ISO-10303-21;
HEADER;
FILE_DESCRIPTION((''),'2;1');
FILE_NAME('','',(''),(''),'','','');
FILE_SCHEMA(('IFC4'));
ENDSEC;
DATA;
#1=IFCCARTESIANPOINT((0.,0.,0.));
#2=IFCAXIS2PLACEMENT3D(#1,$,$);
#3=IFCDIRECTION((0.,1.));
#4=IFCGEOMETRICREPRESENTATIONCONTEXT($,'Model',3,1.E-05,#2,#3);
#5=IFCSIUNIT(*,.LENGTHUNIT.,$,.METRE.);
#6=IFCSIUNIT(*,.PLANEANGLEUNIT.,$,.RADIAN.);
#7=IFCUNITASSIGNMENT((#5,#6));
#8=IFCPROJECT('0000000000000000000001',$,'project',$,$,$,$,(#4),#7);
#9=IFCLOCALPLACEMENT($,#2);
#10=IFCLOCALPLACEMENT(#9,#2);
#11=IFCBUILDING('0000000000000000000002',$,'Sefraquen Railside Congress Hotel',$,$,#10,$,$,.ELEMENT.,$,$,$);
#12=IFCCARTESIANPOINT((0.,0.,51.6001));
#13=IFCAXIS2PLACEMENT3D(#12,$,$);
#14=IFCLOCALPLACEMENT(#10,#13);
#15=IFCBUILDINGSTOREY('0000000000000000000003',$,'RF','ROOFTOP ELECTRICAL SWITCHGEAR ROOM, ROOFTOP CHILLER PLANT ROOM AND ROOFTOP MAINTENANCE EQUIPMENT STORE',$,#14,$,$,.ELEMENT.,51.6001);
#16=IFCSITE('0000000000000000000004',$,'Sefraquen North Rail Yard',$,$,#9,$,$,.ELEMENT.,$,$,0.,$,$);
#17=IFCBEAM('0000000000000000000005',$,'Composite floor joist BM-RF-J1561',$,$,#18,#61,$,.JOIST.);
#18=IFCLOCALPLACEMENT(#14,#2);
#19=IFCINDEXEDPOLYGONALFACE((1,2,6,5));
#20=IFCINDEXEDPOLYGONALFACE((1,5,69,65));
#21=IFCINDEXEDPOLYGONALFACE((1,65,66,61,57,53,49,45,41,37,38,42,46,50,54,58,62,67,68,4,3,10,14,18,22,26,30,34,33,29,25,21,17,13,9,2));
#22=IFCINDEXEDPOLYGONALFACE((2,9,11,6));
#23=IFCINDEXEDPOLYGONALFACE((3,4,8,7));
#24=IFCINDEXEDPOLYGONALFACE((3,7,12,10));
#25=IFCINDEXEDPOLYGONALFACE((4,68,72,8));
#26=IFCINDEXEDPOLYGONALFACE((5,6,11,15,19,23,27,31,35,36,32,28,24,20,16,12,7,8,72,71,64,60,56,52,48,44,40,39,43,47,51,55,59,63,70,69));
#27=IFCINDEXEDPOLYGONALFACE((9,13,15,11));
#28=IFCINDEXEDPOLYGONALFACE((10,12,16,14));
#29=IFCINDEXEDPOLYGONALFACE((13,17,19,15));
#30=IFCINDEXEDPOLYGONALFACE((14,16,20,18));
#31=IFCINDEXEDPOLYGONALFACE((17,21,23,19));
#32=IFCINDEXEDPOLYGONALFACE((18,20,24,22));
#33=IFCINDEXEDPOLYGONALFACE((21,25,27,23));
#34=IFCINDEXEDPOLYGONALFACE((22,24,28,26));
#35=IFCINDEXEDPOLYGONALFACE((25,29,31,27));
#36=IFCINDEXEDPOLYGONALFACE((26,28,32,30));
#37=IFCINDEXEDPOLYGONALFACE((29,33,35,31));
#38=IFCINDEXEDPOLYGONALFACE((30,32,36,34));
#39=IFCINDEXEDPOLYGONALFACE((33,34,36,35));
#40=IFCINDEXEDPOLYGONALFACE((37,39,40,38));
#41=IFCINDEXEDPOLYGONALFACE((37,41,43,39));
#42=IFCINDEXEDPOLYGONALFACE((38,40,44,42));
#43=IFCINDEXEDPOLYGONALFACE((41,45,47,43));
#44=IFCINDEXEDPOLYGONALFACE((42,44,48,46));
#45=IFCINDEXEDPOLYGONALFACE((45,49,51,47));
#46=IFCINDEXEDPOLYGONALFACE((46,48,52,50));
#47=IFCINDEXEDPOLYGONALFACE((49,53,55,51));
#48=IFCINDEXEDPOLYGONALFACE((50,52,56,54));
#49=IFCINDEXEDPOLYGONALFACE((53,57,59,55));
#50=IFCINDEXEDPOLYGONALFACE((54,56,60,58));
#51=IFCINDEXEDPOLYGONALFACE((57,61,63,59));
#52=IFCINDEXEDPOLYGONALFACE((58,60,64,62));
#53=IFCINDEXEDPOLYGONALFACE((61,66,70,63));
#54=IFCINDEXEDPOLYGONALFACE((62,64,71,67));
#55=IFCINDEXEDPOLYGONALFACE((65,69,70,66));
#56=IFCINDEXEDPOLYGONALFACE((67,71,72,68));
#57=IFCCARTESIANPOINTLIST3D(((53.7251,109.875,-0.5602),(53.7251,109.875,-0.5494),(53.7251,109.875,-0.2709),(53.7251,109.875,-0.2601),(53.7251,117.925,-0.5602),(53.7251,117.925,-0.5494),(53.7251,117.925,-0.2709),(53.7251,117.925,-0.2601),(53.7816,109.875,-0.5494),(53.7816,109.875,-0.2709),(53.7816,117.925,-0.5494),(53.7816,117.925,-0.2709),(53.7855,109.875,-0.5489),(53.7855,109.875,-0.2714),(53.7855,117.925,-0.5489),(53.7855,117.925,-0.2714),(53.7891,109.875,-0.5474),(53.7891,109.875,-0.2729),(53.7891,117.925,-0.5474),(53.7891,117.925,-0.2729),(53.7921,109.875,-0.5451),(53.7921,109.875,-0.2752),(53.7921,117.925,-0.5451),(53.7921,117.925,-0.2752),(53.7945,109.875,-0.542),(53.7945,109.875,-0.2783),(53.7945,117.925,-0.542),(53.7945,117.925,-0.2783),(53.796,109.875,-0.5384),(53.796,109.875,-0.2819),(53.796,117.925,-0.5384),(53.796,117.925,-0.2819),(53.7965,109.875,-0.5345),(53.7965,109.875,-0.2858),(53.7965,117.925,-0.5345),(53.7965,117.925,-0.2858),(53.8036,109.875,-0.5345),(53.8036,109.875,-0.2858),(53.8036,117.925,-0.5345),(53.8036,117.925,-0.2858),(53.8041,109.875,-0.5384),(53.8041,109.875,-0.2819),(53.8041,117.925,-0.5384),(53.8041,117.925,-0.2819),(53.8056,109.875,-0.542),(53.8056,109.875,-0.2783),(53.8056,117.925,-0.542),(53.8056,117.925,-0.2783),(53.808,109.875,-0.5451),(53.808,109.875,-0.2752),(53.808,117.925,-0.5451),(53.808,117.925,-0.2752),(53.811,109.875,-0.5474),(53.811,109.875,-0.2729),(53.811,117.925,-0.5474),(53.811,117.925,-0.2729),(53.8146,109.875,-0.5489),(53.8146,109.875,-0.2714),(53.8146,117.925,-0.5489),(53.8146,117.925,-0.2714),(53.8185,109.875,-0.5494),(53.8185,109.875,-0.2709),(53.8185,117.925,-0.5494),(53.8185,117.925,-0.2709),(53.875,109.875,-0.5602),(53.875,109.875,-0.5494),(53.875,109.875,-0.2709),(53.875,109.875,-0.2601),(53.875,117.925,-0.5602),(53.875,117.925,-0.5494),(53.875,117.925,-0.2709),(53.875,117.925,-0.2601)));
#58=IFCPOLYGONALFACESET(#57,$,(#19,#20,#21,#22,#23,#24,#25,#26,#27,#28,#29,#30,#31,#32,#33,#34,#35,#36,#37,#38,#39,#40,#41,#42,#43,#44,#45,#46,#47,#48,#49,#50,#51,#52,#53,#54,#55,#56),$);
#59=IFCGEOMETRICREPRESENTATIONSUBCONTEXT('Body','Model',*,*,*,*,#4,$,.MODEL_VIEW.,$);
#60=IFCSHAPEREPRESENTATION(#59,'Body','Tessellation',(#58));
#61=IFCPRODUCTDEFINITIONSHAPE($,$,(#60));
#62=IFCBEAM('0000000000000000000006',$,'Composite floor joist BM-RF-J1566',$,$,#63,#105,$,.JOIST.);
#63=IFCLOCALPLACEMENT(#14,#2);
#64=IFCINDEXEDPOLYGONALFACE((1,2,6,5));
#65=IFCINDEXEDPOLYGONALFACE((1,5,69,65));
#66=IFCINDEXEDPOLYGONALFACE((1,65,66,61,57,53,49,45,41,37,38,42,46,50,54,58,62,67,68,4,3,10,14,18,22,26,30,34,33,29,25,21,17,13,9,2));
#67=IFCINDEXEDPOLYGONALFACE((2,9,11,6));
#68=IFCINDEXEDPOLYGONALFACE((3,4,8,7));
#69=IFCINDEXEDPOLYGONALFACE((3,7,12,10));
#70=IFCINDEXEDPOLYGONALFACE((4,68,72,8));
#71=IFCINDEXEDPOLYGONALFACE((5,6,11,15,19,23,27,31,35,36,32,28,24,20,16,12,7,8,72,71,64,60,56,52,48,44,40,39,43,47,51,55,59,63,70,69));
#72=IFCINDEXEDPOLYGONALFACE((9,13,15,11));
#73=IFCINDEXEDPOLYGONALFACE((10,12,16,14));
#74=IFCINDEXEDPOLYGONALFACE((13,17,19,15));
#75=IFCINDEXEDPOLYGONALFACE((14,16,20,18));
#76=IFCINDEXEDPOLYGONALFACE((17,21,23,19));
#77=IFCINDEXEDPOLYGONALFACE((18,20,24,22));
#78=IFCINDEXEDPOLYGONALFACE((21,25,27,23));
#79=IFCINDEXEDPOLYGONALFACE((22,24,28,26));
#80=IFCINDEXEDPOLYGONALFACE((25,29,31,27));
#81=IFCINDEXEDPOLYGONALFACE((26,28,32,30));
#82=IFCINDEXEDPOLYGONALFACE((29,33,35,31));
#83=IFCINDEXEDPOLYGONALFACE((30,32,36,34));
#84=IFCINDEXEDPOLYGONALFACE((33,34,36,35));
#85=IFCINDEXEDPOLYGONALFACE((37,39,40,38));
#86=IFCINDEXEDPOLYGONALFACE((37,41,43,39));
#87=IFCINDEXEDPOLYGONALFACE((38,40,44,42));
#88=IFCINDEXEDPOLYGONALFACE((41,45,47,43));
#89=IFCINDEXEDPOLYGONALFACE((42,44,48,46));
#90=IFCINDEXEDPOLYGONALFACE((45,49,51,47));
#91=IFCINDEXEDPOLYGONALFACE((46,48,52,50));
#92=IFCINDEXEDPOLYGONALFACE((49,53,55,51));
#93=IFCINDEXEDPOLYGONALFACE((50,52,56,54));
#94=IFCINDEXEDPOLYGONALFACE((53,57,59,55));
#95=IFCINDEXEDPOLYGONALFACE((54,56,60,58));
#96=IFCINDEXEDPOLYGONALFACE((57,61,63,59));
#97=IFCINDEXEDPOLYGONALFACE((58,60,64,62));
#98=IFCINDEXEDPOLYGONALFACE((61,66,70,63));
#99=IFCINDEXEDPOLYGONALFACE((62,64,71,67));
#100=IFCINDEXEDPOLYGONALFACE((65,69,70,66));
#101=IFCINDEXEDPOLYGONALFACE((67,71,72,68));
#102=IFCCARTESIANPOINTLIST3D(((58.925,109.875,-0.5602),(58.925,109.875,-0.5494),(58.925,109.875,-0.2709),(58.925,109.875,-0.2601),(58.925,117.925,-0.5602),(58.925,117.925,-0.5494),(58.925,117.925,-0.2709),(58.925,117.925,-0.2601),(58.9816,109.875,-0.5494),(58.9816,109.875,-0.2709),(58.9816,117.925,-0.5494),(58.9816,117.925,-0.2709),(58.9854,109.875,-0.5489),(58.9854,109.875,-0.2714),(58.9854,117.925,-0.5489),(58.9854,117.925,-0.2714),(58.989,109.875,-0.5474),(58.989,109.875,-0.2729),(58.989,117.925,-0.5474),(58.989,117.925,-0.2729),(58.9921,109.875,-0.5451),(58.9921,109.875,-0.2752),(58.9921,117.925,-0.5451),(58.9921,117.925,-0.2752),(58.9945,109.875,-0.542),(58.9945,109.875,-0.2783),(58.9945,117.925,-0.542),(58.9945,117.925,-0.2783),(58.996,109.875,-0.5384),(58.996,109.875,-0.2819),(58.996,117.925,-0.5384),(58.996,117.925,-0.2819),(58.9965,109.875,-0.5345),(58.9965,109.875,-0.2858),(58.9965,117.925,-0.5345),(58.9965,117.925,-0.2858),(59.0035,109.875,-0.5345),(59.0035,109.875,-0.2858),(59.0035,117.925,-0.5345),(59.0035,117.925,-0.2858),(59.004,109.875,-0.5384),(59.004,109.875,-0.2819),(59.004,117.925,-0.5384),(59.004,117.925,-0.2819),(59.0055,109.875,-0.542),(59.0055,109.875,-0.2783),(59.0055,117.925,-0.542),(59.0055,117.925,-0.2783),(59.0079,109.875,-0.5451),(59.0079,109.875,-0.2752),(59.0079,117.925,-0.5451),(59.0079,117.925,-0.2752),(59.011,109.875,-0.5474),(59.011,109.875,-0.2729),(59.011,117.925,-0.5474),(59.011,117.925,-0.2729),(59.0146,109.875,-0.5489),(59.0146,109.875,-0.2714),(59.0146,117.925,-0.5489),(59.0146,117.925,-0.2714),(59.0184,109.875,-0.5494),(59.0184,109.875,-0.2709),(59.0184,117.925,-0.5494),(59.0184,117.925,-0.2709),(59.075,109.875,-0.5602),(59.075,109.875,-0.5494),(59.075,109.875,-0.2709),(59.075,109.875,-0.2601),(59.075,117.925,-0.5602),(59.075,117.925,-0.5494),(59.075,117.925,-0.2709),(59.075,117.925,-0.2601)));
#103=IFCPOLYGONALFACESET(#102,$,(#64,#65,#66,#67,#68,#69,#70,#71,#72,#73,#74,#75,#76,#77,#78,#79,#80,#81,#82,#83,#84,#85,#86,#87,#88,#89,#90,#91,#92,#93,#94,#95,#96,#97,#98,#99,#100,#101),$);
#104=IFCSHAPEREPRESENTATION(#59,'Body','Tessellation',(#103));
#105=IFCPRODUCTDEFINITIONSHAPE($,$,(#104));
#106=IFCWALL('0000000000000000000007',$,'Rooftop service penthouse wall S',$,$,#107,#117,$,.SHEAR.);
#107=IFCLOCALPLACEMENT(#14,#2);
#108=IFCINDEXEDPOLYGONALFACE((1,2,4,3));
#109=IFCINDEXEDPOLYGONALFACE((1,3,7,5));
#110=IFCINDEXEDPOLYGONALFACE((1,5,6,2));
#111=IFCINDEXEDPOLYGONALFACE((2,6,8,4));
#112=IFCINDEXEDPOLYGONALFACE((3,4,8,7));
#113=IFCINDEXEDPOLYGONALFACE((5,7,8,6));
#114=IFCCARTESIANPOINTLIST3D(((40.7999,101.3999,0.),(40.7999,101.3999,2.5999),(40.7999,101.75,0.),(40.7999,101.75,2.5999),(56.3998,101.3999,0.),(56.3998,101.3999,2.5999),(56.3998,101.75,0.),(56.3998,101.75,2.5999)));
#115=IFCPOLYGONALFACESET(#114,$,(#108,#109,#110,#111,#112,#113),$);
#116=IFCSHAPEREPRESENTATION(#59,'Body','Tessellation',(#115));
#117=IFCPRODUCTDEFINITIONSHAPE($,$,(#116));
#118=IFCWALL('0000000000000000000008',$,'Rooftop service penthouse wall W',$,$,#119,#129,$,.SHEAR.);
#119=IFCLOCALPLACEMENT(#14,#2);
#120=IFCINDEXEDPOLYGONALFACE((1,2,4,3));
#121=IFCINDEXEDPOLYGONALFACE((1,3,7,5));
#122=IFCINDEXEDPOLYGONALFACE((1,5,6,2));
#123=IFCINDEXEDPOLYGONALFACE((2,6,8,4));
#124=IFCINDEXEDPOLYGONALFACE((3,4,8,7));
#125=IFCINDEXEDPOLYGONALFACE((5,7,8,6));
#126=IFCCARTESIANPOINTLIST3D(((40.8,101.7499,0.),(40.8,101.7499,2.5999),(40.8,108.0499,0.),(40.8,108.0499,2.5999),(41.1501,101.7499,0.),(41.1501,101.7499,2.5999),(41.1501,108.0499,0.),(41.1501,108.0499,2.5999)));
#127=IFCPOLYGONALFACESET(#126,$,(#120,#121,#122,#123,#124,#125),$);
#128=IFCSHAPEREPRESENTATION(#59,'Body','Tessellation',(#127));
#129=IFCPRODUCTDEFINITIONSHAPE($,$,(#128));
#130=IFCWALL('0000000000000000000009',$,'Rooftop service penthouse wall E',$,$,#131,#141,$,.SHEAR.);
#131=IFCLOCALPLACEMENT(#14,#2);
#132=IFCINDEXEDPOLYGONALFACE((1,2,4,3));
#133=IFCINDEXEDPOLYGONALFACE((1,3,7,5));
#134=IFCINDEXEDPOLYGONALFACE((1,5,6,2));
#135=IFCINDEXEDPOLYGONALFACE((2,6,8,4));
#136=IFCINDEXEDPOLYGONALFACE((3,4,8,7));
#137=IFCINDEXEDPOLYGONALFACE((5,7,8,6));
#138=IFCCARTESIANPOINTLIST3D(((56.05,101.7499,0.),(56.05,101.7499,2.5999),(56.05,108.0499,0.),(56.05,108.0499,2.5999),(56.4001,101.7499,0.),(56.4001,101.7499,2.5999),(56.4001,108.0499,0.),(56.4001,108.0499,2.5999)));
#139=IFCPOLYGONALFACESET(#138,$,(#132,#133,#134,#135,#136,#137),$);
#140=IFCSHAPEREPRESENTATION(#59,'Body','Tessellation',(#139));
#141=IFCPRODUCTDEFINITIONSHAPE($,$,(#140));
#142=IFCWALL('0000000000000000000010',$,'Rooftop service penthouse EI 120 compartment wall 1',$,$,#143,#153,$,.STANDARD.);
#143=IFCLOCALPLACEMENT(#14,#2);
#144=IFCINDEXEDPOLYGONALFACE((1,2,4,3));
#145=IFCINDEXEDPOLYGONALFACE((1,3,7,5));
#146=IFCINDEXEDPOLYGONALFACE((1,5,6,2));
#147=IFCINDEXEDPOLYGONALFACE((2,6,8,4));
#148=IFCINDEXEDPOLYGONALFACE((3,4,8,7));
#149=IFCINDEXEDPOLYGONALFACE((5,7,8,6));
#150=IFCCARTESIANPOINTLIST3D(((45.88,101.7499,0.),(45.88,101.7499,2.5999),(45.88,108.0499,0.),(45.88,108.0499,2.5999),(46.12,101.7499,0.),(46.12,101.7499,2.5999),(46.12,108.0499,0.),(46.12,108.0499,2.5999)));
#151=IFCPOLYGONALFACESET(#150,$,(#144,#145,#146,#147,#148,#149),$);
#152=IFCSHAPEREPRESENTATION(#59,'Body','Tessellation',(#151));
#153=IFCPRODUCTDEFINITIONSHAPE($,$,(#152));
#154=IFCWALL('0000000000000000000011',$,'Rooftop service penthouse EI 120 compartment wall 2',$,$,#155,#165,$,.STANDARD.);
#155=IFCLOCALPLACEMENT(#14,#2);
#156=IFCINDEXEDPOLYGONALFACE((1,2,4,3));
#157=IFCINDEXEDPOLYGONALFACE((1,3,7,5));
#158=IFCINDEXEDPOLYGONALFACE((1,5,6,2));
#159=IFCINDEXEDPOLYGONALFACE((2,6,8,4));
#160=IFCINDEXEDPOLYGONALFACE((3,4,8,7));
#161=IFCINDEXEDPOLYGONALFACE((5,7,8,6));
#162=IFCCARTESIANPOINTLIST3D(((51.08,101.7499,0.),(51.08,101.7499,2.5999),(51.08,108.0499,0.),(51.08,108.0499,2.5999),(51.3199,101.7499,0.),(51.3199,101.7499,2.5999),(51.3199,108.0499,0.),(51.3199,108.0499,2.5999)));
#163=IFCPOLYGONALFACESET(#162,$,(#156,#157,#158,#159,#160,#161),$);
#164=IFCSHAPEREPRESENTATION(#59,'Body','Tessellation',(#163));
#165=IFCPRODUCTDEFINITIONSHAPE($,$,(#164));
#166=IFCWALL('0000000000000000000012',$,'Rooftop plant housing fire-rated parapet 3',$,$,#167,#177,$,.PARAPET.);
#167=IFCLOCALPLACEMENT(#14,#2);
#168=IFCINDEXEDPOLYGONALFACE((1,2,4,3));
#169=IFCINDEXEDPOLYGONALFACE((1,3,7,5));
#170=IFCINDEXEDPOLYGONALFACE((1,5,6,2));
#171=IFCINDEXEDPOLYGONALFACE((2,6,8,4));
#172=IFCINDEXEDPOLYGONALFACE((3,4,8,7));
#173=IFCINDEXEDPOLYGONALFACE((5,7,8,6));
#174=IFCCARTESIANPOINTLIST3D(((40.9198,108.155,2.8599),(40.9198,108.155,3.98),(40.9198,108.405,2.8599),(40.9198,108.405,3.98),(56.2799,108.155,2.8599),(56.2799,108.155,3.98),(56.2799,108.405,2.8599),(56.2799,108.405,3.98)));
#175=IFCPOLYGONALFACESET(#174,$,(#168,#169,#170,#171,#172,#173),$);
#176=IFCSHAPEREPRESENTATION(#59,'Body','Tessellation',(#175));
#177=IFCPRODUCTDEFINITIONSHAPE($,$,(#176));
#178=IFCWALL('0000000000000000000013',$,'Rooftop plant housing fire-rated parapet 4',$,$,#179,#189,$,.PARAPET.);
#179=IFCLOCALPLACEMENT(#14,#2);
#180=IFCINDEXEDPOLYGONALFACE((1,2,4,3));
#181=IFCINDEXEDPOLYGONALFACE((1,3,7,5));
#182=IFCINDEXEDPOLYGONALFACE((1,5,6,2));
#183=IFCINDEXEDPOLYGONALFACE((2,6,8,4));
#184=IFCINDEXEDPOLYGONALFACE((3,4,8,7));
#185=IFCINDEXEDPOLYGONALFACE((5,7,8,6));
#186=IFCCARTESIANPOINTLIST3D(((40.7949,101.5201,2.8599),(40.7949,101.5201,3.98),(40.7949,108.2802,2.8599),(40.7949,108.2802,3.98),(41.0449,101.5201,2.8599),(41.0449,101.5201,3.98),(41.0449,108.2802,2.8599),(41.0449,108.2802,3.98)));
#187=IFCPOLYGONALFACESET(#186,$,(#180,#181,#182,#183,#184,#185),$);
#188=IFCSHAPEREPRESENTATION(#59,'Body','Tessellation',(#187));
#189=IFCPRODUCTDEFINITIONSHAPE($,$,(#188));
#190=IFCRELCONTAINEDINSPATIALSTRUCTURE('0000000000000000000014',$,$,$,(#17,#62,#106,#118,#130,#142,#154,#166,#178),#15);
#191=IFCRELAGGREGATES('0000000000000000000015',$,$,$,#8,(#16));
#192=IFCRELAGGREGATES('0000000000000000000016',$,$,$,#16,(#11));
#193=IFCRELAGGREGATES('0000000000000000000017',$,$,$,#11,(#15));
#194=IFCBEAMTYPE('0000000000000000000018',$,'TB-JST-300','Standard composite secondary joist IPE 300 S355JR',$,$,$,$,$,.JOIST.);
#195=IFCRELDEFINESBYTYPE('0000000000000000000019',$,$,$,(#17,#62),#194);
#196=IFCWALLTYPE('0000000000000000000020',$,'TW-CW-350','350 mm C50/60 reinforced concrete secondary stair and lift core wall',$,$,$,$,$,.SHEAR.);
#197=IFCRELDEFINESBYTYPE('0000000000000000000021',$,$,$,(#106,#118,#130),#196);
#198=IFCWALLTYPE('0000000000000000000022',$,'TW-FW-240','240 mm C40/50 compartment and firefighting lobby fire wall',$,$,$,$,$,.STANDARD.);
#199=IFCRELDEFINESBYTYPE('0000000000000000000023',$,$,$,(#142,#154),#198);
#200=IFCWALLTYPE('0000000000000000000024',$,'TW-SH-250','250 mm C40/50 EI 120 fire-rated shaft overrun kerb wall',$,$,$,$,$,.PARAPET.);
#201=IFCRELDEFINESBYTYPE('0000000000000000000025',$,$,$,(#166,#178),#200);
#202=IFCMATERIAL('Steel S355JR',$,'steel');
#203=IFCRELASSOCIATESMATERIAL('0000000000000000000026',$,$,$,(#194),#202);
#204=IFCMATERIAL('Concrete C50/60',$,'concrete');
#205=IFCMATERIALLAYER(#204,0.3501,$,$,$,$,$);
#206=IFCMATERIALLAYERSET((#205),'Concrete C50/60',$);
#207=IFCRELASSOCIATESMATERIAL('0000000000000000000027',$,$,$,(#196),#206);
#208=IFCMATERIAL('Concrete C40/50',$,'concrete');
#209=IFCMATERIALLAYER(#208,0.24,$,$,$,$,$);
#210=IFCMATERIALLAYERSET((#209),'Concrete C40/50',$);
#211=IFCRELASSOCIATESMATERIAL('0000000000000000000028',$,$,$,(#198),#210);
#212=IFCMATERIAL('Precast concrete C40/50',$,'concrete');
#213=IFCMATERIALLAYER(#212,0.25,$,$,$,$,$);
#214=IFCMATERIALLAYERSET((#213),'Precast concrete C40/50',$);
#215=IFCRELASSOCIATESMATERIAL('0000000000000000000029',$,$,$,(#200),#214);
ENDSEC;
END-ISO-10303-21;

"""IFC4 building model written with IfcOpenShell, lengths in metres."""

from ifc_helpers import new_model, si_unit, direction, frame, frame_2d, origin, origin_2d, place, context, subcontext, project, spatial, rectangle, i_section, extrude, material, layer, layer_set, material_profile, profile_set, type_object, element, save


model = new_model("IFC4")

# Units and contexts
model_context = context("Model", 3, precision=1e-05, world=origin(), true_north=direction((0.0, 1.0)))
body_context = subcontext(model_context, "Body", "Model", "MODEL_VIEW")
ifc_project = project(units=[si_unit("LENGTHUNIT", "METRE"), si_unit("PLANEANGLEUNIT", "RADIAN")], contexts=[model_context])

# Site, building, storey
site_placement = place(None, origin())
site = spatial("IfcSite", under=ifc_project, at=site_placement, Name="Sefraquen North Rail Yard", CompositionType="ELEMENT", RefElevation=0.0)
building_placement = place(site_placement, origin())
building = spatial("IfcBuilding", under=site, at=building_placement, Name="Sefraquen Railside Congress Hotel", CompositionType="ELEMENT")
storey_placement = place(building_placement, frame((0.0, 0.0, 51.6001)))
storey = spatial("IfcBuildingStorey", under=building, at=storey_placement, Name="RF", Description="ROOFTOP ELECTRICAL SWITCHGEAR ROOM, ROOFTOP CHILLER PLANT ROOM AND ROOFTOP MAINTENANCE EQUIPMENT STORE", CompositionType="ELEMENT", Elevation=51.6001)

# Beams
ifc_material_1 = material(Name="Steel S355JR", Category="steel")
ifc_material_profile_1 = material_profile(ifc_material_1, i_section(OverallWidth=0.1499, OverallDepth=0.3, WebThickness=0.0071, FlangeThickness=0.0107, FilletRadius=0.0149, at=origin_2d()), Name="IPE 300")
ifc_profile_set_1 = profile_set([ifc_material_profile_1], Name="Steel S355JR")
beam_type_1 = type_object("IfcBeamType", Name="TB-JST-300", Description="Standard composite secondary joist IPE 300 S355JR", PredefinedType="JOIST", material=ifc_profile_set_1)
for number, where, z_axis, x_axis, name in (
    (1, (53.8, 109.875, -0.4102), (0.0, 1.0, 0.0), (-1.0, 0.0, 0.0), "Composite floor joist BM-RF-J1561"),
    (2, (59.0, 109.875, -0.4102), (0.0, 1.0, 0.0), (-1.0, 0.0, 0.0), "Composite floor joist BM-RF-J1566"),
):
    element("IfcBeam", number, at=place(storey_placement, frame(where, z_axis=z_axis, x_axis=x_axis)), inside=storey, type_object=beam_type_1, Name=name, PredefinedType="JOIST", context=body_context, shape_type="SweptSolid", body=[
        extrude(i_section(OverallWidth=0.1499, OverallDepth=0.3, WebThickness=0.0071, FlangeThickness=0.0107, FilletRadius=0.0149, at=origin_2d()), origin(), (0.0, 0.0, 1.0), 8.05),
    ])

# Shared definitions
ifc_material_2 = material(Name="Concrete C50/60", Category="concrete")
ifc_layer_1 = layer(ifc_material_2, 0.3501)
ifc_layer_set_1 = layer_set([ifc_layer_1], Name="Concrete C50/60")
wall_type_1 = type_object("IfcWallType", Name="TW-CW-350", Description="350 mm C50/60 reinforced concrete secondary stair and lift core wall", PredefinedType="SHEAR", material=ifc_layer_set_1)

# Walls
wall_1_placement = place(storey_placement, frame((40.8, 101.575, 0.0), z_axis=(0.0, 0.0, 1.0), x_axis=(1.0, 0.0, 0.0)))
element("IfcWall", 3, at=wall_1_placement, inside=storey, type_object=wall_type_1, Name="Rooftop service penthouse wall S", PredefinedType="SHEAR", context=body_context, shape_type="SweptSolid", body=[
    extrude(rectangle(XDim=15.5999, YDim=0.3501, at=frame_2d((7.7998, 0.0))), origin(), (0.0, 0.0, 1.0), 2.5999),
])
for number, where, z_axis, x_axis, name in (
    (4, (40.9751, 101.75, 0.0), (0.0, 0.0, 1.0), (0.0, 1.0, 0.0), "Rooftop service penthouse wall W"),
    (5, (56.2251, 101.75, 0.0), (0.0, 0.0, 1.0), (0.0, 1.0, 0.0), "Rooftop service penthouse wall E"),
):
    element("IfcWall", number, at=place(storey_placement, frame(where, z_axis=z_axis, x_axis=x_axis)), inside=storey, type_object=wall_type_1, Name=name, PredefinedType="SHEAR", context=body_context, shape_type="SweptSolid", body=[
        extrude(rectangle(XDim=6.3, YDim=0.3501, at=frame_2d((3.1499, 0.0))), origin(), (0.0, 0.0, 1.0), 2.5999),
    ])
ifc_material_3 = material(Name="Concrete C40/50", Category="concrete")
ifc_layer_2 = layer(ifc_material_3, 0.24)
ifc_layer_set_2 = layer_set([ifc_layer_2], Name="Concrete C40/50")
wall_type_2 = type_object("IfcWallType", Name="TW-FW-240", Description="240 mm C40/50 compartment and firefighting lobby fire wall", PredefinedType="STANDARD", material=ifc_layer_set_2)
for number, where, z_axis, x_axis, name in (
    (6, (46.0, 101.75, 0.0), (0.0, 0.0, 1.0), (0.0, 1.0, 0.0), "Rooftop service penthouse EI 120 compartment wall 1"),
    (7, (51.2, 101.75, 0.0), (0.0, 0.0, 1.0), (0.0, 1.0, 0.0), "Rooftop service penthouse EI 120 compartment wall 2"),
):
    element("IfcWall", number, at=place(storey_placement, frame(where, z_axis=z_axis, x_axis=x_axis)), inside=storey, type_object=wall_type_2, Name=name, PredefinedType="STANDARD", context=body_context, shape_type="SweptSolid", body=[
        extrude(rectangle(XDim=6.3, YDim=0.24, at=frame_2d((3.1499, 0.0))), origin(), (0.0, 0.0, 1.0), 2.5999),
    ])
ifc_material_4 = material(Name="Precast concrete C40/50", Category="concrete")
ifc_layer_3 = layer(ifc_material_4, 0.25)
ifc_layer_set_3 = layer_set([ifc_layer_3], Name="Precast concrete C40/50")
wall_type_3 = type_object("IfcWallType", Name="TW-SH-250", Description="250 mm C40/50 EI 120 fire-rated shaft overrun kerb wall", PredefinedType="PARAPET", material=ifc_layer_set_3)
wall_2_placement = place(storey_placement, frame((56.28, 108.28, 2.8599), z_axis=(0.0, 0.0, 1.0), x_axis=(-1.0, 0.0, 0.0)))
element("IfcWall", 8, at=wall_2_placement, inside=storey, type_object=wall_type_3, Name="Rooftop plant housing fire-rated parapet 3", PredefinedType="PARAPET", context=body_context, shape_type="SweptSolid", body=[
    extrude(rectangle(XDim=15.3601, YDim=0.25, at=frame_2d((7.6802, 0.0))), origin(), (0.0, 0.0, 1.0), 1.1201),
])
wall_3_placement = place(storey_placement, frame((40.9199, 108.28, 2.8599), z_axis=(0.0, 0.0, 1.0), x_axis=(0.0, -1.0, 0.0)))
element("IfcWall", 9, at=wall_3_placement, inside=storey, type_object=wall_type_3, Name="Rooftop plant housing fire-rated parapet 4", PredefinedType="PARAPET", context=body_context, shape_type="SweptSolid", body=[
    extrude(rectangle(XDim=6.76, YDim=0.25, at=frame_2d((3.3799, 0.0))), origin(), (0.0, 0.0, 1.0), 1.1201),
])

save(model, "model.ifc")
